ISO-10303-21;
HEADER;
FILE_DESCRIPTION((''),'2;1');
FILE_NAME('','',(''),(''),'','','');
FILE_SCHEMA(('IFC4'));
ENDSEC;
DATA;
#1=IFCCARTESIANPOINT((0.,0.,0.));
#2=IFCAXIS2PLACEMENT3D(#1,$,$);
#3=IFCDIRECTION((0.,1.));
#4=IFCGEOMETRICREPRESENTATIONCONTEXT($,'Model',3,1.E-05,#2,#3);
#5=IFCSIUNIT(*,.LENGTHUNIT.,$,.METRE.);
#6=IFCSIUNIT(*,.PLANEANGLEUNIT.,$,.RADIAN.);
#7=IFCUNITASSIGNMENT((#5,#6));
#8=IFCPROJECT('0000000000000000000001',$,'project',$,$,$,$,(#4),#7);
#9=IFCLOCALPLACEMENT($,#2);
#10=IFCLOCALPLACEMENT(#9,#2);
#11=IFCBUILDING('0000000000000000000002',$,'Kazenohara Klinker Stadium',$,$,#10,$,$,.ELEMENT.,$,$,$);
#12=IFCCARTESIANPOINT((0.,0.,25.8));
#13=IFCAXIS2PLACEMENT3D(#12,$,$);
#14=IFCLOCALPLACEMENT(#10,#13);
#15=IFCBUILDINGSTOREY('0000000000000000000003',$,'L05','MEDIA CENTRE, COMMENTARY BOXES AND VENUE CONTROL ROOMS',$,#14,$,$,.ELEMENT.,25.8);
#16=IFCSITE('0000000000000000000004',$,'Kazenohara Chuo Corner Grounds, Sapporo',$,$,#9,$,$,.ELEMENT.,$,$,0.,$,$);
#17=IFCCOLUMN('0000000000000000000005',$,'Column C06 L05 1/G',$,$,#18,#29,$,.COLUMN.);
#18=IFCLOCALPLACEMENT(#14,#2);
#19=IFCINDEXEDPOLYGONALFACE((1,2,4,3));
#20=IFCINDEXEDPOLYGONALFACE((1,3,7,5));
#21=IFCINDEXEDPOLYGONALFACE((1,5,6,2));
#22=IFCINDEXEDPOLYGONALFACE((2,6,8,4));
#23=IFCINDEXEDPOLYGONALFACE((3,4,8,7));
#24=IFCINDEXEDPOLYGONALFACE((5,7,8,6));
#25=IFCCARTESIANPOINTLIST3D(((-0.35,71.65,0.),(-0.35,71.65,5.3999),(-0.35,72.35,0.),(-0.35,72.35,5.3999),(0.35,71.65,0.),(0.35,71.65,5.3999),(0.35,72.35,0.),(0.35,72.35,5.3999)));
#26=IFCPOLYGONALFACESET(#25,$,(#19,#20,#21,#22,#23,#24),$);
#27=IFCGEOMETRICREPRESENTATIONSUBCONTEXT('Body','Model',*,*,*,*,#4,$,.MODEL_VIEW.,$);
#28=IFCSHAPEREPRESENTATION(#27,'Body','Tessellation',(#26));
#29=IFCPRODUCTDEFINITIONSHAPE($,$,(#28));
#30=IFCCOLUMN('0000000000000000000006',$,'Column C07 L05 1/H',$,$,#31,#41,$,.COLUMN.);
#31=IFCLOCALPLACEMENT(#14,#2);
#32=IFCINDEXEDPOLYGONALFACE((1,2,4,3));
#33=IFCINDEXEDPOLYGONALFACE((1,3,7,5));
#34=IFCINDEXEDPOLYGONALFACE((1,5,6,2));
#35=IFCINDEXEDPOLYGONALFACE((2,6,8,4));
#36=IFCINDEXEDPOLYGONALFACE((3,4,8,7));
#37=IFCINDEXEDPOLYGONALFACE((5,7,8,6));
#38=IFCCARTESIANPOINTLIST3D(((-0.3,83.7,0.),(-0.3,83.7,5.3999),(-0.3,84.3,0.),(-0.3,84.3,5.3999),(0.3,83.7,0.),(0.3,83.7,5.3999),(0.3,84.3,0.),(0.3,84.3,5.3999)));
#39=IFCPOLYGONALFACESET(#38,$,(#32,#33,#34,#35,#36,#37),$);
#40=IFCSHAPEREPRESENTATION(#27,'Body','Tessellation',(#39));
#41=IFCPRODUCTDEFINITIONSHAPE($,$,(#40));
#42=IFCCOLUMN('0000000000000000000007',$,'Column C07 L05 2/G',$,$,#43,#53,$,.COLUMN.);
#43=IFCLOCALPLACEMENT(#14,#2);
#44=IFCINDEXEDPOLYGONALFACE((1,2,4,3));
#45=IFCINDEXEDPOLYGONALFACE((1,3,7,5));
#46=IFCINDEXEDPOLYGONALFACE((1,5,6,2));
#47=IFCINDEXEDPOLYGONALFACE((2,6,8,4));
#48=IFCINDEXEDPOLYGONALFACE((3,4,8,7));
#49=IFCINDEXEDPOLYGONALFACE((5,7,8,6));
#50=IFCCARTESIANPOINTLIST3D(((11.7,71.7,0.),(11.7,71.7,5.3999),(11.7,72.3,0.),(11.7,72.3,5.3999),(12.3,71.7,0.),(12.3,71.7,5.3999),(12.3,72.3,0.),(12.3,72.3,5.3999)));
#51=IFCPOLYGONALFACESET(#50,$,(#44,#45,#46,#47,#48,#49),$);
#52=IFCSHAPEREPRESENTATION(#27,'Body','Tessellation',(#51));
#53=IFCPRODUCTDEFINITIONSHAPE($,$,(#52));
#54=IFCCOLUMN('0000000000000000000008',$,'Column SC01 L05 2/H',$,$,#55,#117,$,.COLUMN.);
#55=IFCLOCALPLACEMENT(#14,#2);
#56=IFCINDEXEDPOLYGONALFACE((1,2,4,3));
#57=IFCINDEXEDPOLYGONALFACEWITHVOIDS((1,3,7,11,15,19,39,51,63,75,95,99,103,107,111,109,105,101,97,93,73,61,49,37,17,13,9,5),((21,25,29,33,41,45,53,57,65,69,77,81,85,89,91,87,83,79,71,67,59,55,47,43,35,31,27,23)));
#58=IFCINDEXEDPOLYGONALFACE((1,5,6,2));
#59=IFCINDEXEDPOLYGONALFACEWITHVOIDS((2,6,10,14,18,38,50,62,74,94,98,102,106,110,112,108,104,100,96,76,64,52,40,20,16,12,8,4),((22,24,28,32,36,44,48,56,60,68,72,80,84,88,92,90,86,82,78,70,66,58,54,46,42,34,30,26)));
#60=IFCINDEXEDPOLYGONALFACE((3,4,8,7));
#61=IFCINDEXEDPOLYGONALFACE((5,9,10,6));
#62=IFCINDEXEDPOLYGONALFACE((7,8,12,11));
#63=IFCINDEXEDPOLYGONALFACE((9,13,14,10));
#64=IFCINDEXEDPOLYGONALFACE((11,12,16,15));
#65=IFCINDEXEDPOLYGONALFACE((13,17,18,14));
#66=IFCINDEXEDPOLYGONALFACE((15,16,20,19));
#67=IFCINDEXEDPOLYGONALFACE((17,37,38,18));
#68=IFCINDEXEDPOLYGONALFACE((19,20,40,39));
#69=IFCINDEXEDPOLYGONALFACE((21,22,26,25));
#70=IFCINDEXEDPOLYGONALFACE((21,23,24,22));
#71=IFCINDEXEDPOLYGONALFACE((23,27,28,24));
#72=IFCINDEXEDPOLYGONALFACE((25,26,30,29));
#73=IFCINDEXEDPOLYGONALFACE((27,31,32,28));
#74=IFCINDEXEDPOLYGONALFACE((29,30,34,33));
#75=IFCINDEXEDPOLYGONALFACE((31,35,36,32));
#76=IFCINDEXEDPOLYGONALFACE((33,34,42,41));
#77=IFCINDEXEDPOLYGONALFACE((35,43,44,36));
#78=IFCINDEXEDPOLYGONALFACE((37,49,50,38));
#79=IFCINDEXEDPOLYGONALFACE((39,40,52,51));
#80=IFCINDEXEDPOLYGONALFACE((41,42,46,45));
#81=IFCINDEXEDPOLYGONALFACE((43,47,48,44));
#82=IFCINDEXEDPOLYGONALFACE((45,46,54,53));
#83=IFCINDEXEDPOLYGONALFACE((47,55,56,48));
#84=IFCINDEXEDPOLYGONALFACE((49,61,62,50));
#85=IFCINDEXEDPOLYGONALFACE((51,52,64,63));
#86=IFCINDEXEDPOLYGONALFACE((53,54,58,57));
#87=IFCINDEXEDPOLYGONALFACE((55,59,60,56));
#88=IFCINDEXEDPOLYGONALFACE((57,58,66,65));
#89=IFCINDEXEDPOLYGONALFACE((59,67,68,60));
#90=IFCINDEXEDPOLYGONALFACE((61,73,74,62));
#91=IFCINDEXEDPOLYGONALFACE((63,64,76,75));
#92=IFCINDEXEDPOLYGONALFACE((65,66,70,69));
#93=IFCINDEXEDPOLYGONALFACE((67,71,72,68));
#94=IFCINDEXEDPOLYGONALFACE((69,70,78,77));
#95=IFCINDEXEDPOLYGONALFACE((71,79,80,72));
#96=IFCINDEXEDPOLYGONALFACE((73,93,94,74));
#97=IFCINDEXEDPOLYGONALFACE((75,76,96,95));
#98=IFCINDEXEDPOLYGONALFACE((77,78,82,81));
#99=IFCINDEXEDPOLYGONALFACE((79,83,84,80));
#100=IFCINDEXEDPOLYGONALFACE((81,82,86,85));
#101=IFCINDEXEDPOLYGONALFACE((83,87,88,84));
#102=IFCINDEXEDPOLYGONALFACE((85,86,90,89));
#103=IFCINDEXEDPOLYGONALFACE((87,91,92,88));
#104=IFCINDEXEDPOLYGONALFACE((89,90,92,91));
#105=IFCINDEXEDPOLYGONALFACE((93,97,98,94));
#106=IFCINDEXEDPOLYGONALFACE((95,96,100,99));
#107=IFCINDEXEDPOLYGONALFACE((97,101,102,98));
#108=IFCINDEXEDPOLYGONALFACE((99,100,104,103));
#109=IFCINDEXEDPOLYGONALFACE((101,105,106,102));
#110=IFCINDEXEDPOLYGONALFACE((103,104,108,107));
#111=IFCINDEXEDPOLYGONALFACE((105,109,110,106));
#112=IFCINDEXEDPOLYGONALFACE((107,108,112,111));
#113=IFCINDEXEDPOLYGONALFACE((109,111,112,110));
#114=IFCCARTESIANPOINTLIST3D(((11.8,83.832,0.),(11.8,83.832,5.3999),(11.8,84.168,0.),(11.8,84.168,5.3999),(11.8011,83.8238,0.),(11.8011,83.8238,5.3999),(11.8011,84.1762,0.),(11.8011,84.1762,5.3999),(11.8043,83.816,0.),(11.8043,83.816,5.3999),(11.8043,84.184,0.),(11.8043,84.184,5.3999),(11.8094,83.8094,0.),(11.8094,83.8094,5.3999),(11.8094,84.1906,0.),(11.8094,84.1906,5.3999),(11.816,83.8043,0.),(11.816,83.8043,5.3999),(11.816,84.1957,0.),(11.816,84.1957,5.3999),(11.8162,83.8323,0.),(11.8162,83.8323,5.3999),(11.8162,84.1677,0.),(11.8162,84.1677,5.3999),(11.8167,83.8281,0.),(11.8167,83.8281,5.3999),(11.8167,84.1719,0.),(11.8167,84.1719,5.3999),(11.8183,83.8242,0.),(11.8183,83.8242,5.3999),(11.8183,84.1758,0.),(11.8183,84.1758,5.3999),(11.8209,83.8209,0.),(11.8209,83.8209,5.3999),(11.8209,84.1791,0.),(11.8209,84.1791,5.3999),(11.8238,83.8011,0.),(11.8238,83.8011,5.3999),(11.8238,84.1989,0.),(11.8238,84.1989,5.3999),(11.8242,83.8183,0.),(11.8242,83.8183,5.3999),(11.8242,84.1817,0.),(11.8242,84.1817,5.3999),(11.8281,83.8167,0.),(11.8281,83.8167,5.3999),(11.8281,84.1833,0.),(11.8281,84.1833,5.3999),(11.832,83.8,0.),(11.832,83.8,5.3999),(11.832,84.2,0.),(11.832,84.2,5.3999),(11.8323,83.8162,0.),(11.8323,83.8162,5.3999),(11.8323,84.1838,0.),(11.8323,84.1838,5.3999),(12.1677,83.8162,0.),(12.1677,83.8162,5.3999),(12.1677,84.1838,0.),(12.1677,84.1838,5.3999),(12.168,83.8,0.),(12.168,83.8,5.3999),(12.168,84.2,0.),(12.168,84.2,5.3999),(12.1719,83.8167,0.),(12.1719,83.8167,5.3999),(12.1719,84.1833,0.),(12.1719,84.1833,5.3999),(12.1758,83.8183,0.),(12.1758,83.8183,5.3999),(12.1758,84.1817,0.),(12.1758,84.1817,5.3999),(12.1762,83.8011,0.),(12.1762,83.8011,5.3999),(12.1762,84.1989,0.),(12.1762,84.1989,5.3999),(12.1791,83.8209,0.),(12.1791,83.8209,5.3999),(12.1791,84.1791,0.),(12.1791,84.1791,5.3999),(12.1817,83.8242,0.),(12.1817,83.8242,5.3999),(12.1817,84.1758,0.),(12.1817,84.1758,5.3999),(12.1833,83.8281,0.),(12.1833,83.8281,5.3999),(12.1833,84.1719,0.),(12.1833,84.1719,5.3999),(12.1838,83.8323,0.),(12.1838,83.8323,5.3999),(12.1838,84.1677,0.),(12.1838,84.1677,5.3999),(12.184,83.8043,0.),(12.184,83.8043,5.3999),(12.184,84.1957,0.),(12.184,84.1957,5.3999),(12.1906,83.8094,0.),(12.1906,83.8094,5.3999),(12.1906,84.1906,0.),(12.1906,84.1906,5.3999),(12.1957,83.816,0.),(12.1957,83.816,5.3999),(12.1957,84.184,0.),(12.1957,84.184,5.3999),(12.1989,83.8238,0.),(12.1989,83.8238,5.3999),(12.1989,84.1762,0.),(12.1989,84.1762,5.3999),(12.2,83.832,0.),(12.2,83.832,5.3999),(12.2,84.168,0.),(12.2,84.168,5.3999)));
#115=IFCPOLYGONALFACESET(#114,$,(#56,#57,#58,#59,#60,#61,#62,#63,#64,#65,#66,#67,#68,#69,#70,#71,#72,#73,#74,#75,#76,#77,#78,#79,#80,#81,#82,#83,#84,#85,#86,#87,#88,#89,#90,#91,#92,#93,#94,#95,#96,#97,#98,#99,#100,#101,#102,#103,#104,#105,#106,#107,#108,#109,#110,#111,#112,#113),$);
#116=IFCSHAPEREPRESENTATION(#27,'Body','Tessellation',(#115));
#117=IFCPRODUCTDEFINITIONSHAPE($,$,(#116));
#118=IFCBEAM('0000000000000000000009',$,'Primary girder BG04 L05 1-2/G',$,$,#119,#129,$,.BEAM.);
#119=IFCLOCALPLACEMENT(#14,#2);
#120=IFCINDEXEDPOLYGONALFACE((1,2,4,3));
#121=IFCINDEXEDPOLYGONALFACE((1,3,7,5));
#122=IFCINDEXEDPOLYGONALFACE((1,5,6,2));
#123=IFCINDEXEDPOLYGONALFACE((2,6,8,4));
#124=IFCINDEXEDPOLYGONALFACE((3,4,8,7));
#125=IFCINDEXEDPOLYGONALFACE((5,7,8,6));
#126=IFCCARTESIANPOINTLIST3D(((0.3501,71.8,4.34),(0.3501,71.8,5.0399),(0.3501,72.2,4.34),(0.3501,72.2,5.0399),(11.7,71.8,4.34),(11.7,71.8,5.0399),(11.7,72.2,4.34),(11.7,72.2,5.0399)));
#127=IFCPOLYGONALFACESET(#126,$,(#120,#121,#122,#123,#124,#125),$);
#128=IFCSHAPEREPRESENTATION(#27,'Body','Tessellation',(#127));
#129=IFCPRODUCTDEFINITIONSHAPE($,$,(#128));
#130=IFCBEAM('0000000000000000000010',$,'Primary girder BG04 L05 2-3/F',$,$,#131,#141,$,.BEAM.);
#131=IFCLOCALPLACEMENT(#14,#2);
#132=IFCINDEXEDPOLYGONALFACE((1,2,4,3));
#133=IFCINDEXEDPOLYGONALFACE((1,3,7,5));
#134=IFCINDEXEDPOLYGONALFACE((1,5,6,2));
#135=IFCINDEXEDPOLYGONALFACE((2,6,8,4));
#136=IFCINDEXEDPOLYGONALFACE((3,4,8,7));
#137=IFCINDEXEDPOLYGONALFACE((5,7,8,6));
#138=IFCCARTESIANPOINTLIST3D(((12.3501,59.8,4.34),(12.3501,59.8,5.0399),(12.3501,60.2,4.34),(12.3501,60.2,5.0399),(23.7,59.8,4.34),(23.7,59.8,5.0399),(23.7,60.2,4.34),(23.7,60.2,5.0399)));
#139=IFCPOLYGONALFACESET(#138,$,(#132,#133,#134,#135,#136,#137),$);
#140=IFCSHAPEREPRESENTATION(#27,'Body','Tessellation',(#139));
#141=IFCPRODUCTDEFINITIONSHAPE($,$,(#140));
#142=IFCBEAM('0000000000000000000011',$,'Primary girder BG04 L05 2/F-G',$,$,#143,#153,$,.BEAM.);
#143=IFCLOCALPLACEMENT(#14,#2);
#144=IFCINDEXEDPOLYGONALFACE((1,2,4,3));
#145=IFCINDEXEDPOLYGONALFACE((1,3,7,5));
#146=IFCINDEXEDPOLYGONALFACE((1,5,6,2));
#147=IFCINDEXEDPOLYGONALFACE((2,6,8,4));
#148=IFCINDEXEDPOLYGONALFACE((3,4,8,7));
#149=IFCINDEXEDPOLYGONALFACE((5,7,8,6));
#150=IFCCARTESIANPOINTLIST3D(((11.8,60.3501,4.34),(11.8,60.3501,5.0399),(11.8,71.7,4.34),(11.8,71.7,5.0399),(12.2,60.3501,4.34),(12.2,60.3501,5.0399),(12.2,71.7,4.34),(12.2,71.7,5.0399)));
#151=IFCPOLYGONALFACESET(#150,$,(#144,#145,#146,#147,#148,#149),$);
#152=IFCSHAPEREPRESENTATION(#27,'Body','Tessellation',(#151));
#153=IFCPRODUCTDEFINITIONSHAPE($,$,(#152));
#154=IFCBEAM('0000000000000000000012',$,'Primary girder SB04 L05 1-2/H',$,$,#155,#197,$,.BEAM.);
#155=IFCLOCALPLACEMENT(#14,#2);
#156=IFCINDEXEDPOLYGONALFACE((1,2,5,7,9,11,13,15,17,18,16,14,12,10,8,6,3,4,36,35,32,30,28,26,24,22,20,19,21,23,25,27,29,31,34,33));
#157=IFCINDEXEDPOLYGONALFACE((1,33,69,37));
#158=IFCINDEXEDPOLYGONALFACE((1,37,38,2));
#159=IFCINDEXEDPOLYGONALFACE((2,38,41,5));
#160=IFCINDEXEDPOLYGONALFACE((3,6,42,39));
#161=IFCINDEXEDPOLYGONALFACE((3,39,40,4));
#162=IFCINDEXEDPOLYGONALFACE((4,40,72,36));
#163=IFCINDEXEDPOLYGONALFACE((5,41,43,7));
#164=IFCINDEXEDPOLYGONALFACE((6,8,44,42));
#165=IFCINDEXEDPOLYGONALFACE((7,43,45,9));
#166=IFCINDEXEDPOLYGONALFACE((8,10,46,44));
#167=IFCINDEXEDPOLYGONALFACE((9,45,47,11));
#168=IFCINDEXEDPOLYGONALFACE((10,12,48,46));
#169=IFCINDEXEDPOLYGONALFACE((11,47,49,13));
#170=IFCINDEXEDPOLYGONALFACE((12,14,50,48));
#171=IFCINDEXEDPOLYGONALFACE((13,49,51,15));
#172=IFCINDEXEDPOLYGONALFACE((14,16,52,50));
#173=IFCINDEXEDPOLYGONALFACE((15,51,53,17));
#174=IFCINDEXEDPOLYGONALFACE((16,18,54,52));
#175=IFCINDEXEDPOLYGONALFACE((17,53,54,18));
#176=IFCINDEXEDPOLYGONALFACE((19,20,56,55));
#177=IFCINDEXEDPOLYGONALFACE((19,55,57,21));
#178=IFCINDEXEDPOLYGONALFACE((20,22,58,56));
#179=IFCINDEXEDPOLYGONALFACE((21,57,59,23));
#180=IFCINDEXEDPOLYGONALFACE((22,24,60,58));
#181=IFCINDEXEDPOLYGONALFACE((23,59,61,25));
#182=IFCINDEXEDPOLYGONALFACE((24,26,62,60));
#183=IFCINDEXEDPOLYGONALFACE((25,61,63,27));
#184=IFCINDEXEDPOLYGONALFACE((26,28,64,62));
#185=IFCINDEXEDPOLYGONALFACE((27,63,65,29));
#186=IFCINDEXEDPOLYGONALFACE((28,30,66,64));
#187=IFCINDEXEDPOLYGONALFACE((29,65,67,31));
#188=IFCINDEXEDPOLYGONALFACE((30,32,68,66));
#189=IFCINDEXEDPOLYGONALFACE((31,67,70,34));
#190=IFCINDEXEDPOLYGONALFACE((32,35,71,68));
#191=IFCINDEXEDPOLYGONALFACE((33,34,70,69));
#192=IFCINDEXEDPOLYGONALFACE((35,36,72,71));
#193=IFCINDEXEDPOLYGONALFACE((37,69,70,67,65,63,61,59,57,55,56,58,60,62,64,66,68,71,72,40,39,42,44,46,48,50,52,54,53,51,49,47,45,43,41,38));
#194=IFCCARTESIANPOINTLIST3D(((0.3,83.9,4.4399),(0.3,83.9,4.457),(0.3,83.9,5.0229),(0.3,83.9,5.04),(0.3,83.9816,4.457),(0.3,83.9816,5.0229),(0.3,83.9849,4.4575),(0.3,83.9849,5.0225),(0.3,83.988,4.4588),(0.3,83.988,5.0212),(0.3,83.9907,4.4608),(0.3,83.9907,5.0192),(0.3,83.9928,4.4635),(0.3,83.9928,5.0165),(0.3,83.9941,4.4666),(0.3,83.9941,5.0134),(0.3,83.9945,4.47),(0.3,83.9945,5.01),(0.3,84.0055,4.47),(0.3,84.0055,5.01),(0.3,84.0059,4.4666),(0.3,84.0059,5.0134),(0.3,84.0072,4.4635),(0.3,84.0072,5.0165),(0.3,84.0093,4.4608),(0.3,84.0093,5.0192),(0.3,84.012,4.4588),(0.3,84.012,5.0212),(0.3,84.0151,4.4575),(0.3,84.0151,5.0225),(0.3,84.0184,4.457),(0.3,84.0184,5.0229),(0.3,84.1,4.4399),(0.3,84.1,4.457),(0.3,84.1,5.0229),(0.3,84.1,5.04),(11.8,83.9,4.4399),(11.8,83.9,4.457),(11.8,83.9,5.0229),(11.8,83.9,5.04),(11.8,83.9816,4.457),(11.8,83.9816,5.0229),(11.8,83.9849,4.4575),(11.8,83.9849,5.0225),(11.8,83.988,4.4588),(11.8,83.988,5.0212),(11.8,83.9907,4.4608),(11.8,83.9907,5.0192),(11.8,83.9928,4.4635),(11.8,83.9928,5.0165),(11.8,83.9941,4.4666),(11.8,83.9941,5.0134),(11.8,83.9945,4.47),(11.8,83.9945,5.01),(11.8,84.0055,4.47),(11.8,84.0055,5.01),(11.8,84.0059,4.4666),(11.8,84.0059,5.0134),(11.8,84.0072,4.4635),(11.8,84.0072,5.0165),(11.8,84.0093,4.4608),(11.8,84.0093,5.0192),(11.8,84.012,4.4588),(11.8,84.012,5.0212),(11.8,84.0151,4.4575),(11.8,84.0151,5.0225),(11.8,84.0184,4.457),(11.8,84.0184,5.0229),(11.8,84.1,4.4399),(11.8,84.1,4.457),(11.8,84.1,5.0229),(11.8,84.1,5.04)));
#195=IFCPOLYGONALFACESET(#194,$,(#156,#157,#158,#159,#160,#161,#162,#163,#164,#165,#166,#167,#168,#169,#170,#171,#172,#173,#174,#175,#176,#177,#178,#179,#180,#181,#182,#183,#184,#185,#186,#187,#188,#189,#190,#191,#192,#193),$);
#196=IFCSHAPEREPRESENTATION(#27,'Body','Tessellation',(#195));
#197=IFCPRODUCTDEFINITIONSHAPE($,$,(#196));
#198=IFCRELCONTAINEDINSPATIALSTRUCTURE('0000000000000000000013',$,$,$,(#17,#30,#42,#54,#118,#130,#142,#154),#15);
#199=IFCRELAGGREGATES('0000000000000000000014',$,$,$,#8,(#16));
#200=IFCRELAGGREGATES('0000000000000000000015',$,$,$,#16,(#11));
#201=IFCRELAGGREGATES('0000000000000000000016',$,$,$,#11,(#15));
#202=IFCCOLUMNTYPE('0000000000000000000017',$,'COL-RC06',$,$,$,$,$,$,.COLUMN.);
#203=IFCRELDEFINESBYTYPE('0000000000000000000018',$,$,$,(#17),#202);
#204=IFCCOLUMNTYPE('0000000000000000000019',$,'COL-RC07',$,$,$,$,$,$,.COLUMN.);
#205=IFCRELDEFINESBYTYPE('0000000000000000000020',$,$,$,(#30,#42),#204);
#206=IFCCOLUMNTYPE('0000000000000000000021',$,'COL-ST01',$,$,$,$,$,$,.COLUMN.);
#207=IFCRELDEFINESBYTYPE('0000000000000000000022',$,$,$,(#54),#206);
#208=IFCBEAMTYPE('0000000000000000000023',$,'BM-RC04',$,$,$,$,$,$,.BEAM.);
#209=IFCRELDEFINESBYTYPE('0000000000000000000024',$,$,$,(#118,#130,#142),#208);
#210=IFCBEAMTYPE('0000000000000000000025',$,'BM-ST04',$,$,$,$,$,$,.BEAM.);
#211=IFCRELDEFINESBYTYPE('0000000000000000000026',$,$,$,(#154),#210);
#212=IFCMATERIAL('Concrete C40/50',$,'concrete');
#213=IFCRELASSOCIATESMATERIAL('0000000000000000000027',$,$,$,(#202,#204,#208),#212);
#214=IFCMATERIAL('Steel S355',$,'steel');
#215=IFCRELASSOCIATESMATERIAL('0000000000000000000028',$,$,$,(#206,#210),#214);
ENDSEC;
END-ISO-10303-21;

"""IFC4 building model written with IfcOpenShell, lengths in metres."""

from ifc_helpers import new_model, si_unit, direction, frame, origin, origin_2d, place, context, subcontext, project, spatial, rectangle, hollow_rectangle, i_section, extrude, material, material_profile, profile_set, type_object, element, save


model = new_model("IFC4")

# Units and contexts
model_context = context("Model", 3, precision=1e-05, world=origin(), true_north=direction((0.0, 1.0)))
body_context = subcontext(model_context, "Body", "Model", "MODEL_VIEW")
ifc_project = project(units=[si_unit("LENGTHUNIT", "METRE"), si_unit("PLANEANGLEUNIT", "RADIAN")], contexts=[model_context])

# Site, building, storey
site_placement = place(None, origin())
site = spatial("IfcSite", under=ifc_project, at=site_placement, Name="Kazenohara Chuo Corner Grounds, Sapporo", CompositionType="ELEMENT", RefElevation=0.0)
building_placement = place(site_placement, origin())
building = spatial("IfcBuilding", under=site, at=building_placement, Name="Kazenohara Klinker Stadium", CompositionType="ELEMENT")
storey_placement = place(building_placement, frame((0.0, 0.0, 25.8)))
storey = spatial("IfcBuildingStorey", under=building, at=storey_placement, Name="L05", Description="MEDIA CENTRE, COMMENTARY BOXES AND VENUE CONTROL ROOMS", CompositionType="ELEMENT", Elevation=25.8)

# Columns
ifc_material_1 = material(Name="Concrete C40/50", Category="concrete")
ifc_material_profile_1 = material_profile(ifc_material_1, rectangle(XDim=0.7, YDim=0.7, at=origin_2d()), Name="RC-COL-700x700")
ifc_profile_set_1 = profile_set([ifc_material_profile_1], Name="Concrete C40/50")
column_type_1 = type_object("IfcColumnType", Name="COL-RC06", PredefinedType="COLUMN", material=ifc_profile_set_1)
column_1_placement = place(storey_placement, frame((0.0, 72.0, 0.0), z_axis=(0.0, 0.0, 1.0), x_axis=(1.0, 0.0, 0.0)))
element("IfcColumn", 1, at=column_1_placement, inside=storey, type_object=column_type_1, Name="Column C06 L05 1/G", PredefinedType="COLUMN", context=body_context, shape_type="SweptSolid", body=[
    extrude(rectangle(XDim=0.7, YDim=0.7, at=origin_2d()), origin(), (0.0, 0.0, 1.0), 5.3999),
])
ifc_material_profile_2 = material_profile(ifc_material_1, rectangle(XDim=0.6001, YDim=0.6001, at=origin_2d()), Name="RC-COL-600x600")
ifc_profile_set_2 = profile_set([ifc_material_profile_2], Name="Concrete C40/50")
column_type_2 = type_object("IfcColumnType", Name="COL-RC07", PredefinedType="COLUMN", material=ifc_profile_set_2)
for number, where, z_axis, x_axis, name in (
    (2, (0.0, 84.0, 0.0), (0.0, 0.0, 1.0), (1.0, 0.0, 0.0), "Column C07 L05 1/H"),
    (3, (12.0, 72.0, 0.0), (0.0, 0.0, 1.0), (1.0, 0.0, 0.0), "Column C07 L05 2/G"),
):
    element("IfcColumn", number, at=place(storey_placement, frame(where, z_axis=z_axis, x_axis=x_axis)), inside=storey, type_object=column_type_2, Name=name, PredefinedType="COLUMN", context=body_context, shape_type="SweptSolid", body=[
        extrude(rectangle(XDim=0.6001, YDim=0.6001, at=origin_2d()), origin(), (0.0, 0.0, 1.0), 5.3999),
    ])
ifc_material_2 = material(Name="Steel S355", Category="steel")
ifc_material_profile_3 = material_profile(ifc_material_2, hollow_rectangle(XDim=0.3999, YDim=0.3999, WallThickness=0.0161, InnerFilletRadius=0.0161, OuterFilletRadius=0.032, at=origin_2d()), Name="SHS-400x400x16")
ifc_profile_set_3 = profile_set([ifc_material_profile_3], Name="Steel S355")
column_type_3 = type_object("IfcColumnType", Name="COL-ST01", PredefinedType="COLUMN", material=ifc_profile_set_3)
column_2_placement = place(storey_placement, frame((12.0, 84.0, 0.0), z_axis=(0.0, 0.0, 1.0), x_axis=(1.0, 0.0, 0.0)))
element("IfcColumn", 4, at=column_2_placement, inside=storey, type_object=column_type_3, Name="Column SC01 L05 2/H", PredefinedType="COLUMN", context=body_context, shape_type="SweptSolid", body=[
    extrude(hollow_rectangle(XDim=0.3999, YDim=0.3999, WallThickness=0.0161, InnerFilletRadius=0.0161, OuterFilletRadius=0.032, at=origin_2d()), origin(), (0.0, 0.0, 1.0), 5.3999),
])

# Beams
ifc_material_profile_4 = material_profile(ifc_material_1, rectangle(XDim=0.3999, YDim=0.7, at=origin_2d()), Name="RC-BM-400x700")
ifc_profile_set_4 = profile_set([ifc_material_profile_4], Name="Concrete C40/50")
beam_type_1 = type_object("IfcBeamType", Name="BM-RC04", PredefinedType="BEAM", material=ifc_profile_set_4)
for number, where, z_axis, x_axis, name in (
    (5, (0.3501, 72.0, 4.6899), (1.0, 0.0, 0.0), (0.0, 1.0, 0.0), "Primary girder BG04 L05 1-2/G"),
    (6, (12.3501, 60.0, 4.6899), (1.0, 0.0, 0.0), (0.0, 1.0, 0.0), "Primary girder BG04 L05 2-3/F"),
    (7, (12.0, 60.3501, 4.6899), (0.0, 1.0, 0.0), (-1.0, 0.0, 0.0), "Primary girder BG04 L05 2/F-G"),
):
    element("IfcBeam", number, at=place(storey_placement, frame(where, z_axis=z_axis, x_axis=x_axis)), inside=storey, type_object=beam_type_1, Name=name, PredefinedType="BEAM", context=body_context, shape_type="SweptSolid", body=[
        extrude(rectangle(XDim=0.3999, YDim=0.7, at=origin_2d()), origin(), (0.0, 0.0, 1.0), 11.3499),
    ])
ifc_material_profile_5 = material_profile(ifc_material_2, i_section(OverallWidth=0.2, OverallDepth=0.6001, WebThickness=0.011, FlangeThickness=0.0171, FilletRadius=0.0129, at=origin_2d()), Name="H-600x200x11x17")
ifc_profile_set_5 = profile_set([ifc_material_profile_5], Name="Steel S355")
beam_type_2 = type_object("IfcBeamType", Name="BM-ST04", PredefinedType="BEAM", material=ifc_profile_set_5)
for number, where, z_axis, x_axis, name in (
    (8, (0.3, 84.0, 4.74), (1.0, 0.0, 0.0), (0.0, 1.0, 0.0), "Primary girder SB04 L05 1-2/H"),
):
    element("IfcBeam", number, at=place(storey_placement, frame(where, z_axis=z_axis, x_axis=x_axis)), inside=storey, type_object=beam_type_2, Name=name, PredefinedType="BEAM", context=body_context, shape_type="SweptSolid", body=[
        extrude(i_section(OverallWidth=0.2, OverallDepth=0.6001, WebThickness=0.011, FlangeThickness=0.0171, FilletRadius=0.0129, at=origin_2d()), origin(), (0.0, 0.0, 1.0), 11.5),
    ])

save(model, "model.ifc")
